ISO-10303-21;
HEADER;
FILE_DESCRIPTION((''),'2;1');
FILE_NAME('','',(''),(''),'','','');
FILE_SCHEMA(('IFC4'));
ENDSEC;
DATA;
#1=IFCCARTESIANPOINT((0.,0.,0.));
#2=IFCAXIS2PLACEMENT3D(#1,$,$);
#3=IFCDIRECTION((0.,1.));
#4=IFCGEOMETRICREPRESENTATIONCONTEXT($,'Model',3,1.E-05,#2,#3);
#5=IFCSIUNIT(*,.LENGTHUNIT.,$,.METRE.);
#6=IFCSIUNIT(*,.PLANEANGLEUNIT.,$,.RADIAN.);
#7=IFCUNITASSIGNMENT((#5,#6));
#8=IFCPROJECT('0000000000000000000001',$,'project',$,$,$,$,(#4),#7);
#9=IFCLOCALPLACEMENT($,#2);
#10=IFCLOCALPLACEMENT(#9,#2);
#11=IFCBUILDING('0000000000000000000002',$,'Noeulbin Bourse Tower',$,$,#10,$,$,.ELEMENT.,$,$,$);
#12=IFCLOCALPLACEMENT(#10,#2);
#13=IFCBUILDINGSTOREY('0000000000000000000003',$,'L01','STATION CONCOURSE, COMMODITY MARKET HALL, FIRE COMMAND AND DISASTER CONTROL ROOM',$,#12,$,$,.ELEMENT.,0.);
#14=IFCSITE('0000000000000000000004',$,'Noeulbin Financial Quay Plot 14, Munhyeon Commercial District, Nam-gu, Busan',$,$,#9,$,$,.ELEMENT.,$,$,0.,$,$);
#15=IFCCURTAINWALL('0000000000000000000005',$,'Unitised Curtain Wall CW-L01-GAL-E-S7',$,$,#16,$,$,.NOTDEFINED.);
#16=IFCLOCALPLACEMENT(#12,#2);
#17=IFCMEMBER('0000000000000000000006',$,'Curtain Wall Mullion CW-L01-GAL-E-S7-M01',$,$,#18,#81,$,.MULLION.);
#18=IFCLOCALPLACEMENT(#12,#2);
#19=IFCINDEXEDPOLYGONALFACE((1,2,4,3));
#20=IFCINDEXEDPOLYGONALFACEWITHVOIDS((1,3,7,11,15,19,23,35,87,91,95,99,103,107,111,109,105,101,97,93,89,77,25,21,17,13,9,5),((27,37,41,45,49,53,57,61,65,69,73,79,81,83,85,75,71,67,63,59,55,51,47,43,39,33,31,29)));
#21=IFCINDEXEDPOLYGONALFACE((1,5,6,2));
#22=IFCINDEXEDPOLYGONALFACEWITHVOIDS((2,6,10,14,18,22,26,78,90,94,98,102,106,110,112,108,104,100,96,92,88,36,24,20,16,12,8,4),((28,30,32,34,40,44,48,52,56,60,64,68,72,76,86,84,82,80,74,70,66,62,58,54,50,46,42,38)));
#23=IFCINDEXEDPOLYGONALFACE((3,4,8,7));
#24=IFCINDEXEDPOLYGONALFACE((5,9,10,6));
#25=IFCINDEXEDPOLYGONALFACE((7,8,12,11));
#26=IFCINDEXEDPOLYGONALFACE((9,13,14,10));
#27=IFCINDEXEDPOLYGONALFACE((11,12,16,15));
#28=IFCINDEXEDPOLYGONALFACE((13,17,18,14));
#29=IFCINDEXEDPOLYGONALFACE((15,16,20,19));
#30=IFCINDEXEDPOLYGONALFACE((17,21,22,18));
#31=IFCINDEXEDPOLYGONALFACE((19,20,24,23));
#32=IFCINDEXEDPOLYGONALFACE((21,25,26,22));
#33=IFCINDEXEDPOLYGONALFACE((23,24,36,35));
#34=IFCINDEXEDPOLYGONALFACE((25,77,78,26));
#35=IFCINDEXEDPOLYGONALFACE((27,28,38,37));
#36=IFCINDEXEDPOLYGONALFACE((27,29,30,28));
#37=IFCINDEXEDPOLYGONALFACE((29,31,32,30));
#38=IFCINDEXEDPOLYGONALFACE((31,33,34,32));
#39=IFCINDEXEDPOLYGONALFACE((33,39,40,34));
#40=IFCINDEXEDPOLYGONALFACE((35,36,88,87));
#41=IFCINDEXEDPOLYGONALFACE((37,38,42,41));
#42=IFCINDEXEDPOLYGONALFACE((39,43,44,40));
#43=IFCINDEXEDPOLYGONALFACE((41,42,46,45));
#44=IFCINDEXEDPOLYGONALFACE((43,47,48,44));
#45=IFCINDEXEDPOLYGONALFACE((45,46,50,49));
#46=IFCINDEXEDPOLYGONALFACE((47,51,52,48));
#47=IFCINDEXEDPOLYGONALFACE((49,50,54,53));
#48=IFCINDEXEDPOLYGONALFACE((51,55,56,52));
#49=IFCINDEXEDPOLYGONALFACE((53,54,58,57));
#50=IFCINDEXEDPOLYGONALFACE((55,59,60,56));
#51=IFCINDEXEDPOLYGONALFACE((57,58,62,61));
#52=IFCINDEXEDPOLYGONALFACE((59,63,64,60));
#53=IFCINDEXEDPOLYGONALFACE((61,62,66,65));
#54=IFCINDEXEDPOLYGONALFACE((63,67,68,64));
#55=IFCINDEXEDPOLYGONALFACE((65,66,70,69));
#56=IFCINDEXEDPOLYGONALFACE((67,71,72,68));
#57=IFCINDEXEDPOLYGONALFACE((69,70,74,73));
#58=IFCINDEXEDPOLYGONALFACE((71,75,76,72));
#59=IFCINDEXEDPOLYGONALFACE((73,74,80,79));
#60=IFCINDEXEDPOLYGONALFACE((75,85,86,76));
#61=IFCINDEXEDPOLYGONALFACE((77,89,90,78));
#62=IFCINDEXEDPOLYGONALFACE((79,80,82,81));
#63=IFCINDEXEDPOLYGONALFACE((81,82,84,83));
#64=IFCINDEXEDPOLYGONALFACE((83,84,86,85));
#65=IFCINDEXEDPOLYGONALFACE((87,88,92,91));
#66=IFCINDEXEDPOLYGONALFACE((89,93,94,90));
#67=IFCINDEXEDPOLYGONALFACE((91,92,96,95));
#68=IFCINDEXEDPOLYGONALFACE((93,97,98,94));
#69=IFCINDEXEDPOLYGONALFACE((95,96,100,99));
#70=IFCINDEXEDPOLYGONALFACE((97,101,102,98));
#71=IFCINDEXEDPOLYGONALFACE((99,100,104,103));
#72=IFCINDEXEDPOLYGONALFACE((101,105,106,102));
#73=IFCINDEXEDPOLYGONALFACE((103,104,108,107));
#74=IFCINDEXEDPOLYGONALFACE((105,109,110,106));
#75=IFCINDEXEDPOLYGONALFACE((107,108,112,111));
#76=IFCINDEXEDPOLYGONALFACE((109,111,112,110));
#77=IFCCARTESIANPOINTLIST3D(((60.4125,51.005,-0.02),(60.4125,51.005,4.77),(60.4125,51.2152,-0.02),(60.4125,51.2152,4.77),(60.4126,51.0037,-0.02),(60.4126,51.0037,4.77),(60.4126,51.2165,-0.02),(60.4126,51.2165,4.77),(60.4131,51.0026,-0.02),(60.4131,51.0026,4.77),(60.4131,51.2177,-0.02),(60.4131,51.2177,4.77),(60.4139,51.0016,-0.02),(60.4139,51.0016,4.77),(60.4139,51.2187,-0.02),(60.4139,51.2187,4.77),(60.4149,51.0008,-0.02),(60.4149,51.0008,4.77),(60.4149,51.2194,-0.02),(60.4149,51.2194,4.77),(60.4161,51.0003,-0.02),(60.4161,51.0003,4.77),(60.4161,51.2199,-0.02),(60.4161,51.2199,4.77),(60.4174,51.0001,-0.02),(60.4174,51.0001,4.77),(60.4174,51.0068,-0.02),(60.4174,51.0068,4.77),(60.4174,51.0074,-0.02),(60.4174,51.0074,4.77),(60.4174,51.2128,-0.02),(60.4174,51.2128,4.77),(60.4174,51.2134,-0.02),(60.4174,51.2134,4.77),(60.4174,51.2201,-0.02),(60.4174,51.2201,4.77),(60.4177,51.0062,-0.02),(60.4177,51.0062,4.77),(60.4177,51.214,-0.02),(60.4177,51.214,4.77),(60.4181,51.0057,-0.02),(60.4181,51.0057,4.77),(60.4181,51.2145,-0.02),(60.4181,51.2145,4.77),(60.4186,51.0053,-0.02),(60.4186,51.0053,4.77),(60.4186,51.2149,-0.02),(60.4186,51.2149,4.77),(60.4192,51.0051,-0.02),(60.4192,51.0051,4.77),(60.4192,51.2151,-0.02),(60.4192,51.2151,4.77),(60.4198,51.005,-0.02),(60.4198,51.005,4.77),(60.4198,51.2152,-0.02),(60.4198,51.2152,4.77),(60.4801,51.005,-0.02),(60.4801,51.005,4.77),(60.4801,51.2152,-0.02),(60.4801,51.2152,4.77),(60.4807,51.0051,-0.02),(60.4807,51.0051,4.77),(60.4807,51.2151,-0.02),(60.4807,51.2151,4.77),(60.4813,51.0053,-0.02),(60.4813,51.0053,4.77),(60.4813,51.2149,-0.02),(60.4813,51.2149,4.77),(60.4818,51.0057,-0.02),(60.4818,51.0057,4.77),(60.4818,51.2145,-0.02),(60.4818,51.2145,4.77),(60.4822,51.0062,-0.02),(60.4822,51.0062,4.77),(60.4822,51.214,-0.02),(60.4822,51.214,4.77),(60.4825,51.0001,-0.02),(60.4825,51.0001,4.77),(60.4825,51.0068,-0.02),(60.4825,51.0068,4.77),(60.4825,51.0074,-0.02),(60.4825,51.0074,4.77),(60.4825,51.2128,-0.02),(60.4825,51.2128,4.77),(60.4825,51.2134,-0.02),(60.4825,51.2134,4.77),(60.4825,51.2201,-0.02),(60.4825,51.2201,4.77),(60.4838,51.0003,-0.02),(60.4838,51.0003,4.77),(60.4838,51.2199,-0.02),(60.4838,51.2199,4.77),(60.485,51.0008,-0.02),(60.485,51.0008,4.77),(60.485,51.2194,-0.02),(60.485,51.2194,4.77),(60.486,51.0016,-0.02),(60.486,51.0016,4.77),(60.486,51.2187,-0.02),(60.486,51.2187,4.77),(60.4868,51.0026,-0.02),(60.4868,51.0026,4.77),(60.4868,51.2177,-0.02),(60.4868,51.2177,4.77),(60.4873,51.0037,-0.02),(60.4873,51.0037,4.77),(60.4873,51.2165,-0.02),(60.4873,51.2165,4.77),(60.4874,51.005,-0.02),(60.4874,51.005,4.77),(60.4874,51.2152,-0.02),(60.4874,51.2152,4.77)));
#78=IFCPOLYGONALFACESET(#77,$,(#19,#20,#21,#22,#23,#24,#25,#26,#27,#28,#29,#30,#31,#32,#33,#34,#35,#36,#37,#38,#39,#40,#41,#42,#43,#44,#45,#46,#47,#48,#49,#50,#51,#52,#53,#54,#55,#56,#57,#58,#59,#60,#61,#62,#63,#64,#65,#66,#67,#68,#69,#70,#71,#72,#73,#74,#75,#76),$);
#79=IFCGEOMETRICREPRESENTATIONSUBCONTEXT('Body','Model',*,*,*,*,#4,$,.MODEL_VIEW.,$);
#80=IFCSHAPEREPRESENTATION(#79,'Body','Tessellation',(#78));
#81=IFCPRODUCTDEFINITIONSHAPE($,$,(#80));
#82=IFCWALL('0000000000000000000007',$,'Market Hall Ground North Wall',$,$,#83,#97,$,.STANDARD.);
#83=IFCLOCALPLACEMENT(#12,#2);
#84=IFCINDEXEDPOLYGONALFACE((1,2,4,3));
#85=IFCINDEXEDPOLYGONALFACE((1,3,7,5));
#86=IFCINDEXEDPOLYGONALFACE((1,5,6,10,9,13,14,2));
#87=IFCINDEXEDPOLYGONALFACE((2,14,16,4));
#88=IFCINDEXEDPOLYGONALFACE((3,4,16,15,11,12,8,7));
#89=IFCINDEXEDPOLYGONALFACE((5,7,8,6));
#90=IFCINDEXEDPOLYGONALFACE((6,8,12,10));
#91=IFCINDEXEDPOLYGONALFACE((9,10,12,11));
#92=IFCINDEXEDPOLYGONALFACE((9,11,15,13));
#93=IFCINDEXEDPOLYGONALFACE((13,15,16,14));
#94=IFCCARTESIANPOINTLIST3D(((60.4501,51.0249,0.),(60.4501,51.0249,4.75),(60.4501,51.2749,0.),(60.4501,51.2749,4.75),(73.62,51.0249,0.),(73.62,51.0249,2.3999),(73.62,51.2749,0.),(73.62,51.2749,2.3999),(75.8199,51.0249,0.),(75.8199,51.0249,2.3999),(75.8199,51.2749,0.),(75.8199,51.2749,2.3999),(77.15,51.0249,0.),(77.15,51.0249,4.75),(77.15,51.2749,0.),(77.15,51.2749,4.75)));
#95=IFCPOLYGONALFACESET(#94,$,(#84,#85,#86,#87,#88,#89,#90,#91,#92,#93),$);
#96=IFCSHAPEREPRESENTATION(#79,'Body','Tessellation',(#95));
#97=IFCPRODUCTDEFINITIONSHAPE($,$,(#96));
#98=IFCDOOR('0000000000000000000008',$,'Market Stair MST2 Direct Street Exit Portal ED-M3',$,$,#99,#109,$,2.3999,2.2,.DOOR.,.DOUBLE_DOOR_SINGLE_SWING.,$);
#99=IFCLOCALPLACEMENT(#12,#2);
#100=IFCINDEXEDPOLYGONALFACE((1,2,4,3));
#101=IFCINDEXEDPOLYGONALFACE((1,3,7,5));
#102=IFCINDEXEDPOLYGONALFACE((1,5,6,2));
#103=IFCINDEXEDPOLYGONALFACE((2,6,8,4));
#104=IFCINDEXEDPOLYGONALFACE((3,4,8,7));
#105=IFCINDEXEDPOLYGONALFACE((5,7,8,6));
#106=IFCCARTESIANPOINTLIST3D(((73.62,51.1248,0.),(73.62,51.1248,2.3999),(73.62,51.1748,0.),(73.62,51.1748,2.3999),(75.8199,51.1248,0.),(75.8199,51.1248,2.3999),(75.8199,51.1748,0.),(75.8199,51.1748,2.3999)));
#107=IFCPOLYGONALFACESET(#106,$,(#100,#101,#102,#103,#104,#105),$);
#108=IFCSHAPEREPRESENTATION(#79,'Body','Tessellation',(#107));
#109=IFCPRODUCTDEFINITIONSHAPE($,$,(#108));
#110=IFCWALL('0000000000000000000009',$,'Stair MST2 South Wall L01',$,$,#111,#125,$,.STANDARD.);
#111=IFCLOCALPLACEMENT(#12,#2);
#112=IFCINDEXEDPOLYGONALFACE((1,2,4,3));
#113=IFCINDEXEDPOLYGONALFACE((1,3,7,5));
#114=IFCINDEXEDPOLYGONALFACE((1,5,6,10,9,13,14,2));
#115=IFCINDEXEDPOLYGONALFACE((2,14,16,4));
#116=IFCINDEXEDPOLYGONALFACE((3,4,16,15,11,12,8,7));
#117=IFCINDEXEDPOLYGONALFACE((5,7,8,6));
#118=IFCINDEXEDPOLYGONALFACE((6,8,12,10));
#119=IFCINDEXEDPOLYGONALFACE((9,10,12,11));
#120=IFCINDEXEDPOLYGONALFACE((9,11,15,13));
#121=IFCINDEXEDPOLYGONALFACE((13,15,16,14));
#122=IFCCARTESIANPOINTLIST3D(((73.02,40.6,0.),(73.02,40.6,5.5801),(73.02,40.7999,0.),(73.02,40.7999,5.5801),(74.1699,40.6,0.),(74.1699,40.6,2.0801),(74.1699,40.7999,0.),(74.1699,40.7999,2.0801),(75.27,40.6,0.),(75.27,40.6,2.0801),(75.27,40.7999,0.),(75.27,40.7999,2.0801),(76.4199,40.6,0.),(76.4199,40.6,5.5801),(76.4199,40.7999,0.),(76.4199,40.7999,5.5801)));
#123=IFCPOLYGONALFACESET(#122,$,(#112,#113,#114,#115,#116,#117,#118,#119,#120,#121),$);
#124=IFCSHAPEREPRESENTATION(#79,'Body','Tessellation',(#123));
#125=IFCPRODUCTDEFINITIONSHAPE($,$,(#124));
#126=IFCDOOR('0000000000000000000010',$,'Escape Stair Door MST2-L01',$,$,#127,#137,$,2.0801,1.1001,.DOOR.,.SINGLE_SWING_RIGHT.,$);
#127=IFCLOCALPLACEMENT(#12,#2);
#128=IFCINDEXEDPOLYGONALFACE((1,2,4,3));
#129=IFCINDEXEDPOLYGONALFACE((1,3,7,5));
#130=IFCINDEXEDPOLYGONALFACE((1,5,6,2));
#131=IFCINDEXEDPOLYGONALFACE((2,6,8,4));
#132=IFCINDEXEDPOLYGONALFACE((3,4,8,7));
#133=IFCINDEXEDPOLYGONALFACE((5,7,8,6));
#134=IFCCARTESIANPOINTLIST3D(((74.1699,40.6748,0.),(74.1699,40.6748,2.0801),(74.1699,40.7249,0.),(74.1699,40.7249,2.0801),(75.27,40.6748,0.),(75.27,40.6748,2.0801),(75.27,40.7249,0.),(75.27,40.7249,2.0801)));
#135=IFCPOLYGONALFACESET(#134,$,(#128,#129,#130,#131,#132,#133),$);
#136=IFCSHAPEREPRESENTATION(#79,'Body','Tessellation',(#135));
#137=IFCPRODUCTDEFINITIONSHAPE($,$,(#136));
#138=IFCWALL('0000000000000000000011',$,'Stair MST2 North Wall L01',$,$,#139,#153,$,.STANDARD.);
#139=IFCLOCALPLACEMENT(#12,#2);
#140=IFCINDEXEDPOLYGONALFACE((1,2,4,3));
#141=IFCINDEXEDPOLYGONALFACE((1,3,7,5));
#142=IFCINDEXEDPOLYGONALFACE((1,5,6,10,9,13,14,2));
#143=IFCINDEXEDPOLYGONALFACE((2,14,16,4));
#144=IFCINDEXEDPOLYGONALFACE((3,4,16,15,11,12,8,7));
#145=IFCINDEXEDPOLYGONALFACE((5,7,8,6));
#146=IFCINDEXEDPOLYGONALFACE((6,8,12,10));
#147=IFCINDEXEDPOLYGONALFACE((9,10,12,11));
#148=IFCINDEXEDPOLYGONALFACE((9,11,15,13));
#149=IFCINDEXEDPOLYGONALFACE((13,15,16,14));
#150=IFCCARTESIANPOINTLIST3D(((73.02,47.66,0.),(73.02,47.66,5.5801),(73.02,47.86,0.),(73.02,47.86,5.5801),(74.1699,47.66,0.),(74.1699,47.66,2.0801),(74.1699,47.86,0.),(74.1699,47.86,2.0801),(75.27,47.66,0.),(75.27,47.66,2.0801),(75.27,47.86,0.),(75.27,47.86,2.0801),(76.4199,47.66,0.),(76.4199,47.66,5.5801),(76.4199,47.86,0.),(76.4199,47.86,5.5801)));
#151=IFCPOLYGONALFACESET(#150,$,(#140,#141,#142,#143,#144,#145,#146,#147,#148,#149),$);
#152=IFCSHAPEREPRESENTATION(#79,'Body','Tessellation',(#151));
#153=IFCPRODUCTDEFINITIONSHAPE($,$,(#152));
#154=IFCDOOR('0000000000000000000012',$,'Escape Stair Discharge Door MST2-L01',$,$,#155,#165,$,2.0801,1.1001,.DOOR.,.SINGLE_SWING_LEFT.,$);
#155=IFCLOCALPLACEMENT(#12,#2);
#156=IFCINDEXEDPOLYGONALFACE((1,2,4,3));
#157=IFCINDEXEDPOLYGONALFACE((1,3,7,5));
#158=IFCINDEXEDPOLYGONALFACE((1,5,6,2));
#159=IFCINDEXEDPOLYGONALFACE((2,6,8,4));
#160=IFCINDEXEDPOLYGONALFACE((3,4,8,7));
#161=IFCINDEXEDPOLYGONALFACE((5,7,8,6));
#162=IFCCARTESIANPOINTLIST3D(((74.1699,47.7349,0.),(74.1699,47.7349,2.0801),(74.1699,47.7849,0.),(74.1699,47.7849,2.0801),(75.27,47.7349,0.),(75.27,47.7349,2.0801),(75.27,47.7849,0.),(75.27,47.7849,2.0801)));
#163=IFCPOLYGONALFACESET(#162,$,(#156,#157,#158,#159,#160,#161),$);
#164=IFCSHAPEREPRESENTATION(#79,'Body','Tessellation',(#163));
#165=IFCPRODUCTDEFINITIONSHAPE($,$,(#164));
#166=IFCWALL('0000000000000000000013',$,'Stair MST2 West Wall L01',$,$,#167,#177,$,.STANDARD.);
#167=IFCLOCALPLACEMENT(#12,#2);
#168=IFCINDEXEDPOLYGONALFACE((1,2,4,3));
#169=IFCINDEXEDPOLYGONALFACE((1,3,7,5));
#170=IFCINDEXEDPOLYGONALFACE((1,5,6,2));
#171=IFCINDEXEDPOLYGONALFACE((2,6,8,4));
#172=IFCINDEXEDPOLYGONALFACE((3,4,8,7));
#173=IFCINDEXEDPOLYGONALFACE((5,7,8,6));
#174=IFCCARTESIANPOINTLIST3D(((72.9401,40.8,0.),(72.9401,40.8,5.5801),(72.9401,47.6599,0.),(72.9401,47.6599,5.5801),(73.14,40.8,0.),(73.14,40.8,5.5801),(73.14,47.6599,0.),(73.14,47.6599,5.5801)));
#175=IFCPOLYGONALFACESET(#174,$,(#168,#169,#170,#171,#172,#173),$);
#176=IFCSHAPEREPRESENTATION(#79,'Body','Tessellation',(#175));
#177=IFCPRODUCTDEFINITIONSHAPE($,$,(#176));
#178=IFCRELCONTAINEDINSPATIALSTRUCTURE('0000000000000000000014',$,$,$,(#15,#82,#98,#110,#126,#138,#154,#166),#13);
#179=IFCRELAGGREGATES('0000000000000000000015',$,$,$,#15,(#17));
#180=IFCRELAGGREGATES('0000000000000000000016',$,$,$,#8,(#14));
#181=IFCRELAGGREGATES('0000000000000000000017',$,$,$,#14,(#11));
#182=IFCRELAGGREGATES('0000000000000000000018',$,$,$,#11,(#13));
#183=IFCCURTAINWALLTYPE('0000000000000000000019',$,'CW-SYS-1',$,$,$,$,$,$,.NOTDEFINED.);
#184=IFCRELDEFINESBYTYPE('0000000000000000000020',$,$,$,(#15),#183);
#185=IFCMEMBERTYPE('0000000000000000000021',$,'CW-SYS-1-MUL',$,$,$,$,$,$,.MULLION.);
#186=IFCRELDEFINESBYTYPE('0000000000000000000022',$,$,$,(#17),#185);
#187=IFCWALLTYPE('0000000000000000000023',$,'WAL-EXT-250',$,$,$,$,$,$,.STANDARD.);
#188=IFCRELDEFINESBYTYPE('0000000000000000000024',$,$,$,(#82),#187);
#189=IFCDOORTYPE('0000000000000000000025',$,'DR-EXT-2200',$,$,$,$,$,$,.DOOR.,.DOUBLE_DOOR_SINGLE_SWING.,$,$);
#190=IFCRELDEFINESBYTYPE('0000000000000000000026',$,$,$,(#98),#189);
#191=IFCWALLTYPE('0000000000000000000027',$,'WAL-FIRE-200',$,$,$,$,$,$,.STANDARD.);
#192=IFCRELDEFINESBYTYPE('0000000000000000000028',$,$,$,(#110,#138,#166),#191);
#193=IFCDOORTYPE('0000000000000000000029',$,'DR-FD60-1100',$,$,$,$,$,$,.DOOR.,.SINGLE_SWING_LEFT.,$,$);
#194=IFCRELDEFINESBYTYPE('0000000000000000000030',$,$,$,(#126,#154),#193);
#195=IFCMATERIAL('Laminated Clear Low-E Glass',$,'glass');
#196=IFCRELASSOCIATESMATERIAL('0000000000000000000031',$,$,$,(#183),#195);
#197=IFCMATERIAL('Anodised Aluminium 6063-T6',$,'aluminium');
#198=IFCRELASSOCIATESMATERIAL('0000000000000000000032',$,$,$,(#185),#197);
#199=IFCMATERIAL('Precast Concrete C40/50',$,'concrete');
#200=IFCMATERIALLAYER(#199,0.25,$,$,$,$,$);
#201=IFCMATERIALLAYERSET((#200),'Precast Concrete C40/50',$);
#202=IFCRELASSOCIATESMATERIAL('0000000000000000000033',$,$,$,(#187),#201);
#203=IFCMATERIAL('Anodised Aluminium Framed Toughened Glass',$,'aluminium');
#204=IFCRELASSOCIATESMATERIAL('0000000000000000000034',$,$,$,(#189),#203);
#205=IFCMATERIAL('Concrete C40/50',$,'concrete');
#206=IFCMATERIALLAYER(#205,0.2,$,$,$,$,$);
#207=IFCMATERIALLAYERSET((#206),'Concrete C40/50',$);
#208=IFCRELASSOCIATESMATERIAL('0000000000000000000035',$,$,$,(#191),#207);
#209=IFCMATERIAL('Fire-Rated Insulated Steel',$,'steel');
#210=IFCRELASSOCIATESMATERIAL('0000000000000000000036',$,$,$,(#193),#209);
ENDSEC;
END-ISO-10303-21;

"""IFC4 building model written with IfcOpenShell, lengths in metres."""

from ifc_helpers import new_model, si_unit, direction, frame, frame_2d, origin, origin_2d, place, context, subcontext, project, spatial, rectangle, hollow_rectangle, extrude, material, layer, layer_set, material_profile, profile_set, type_object, element, fill, aggregate, save


model = new_model("IFC4")

# Units and contexts
model_context = context("Model", 3, precision=1e-05, world=origin(), true_north=direction((0.0, 1.0)))
body_context = subcontext(model_context, "Body", "Model", "MODEL_VIEW")
ifc_project = project(units=[si_unit("LENGTHUNIT", "METRE"), si_unit("PLANEANGLEUNIT", "RADIAN")], contexts=[model_context])

# Site, building, storey
site_placement = place(None, origin())
site = spatial("IfcSite", under=ifc_project, at=site_placement, Name="Noeulbin Financial Quay Plot 14, Munhyeon Commercial District, Nam-gu, Busan", CompositionType="ELEMENT", RefElevation=0.0)
building_placement = place(site_placement, origin())
building = spatial("IfcBuilding", under=site, at=building_placement, Name="Noeulbin Bourse Tower", CompositionType="ELEMENT")
storey_placement = place(building_placement, origin())
storey = spatial("IfcBuildingStorey", under=building, at=storey_placement, Name="L01", Description="STATION CONCOURSE, COMMODITY MARKET HALL, FIRE COMMAND AND DISASTER CONTROL ROOM", CompositionType="ELEMENT", Elevation=0.0)

# Curtain wall, member
ifc_material_1 = material(Name="Laminated Clear Low-E Glass", Category="glass")
curtain_wall_type = type_object("IfcCurtainWallType", Name="CW-SYS-1", PredefinedType="NOTDEFINED", material=ifc_material_1)
curtain_wall_placement = place(storey_placement, origin())
curtain_wall = element("IfcCurtainWall", 1, at=curtain_wall_placement, inside=storey, type_object=curtain_wall_type, Name="Unitised Curtain Wall CW-L01-GAL-E-S7", PredefinedType="NOTDEFINED")
ifc_material_2 = material(Name="Anodised Aluminium 6063-T6", Category="aluminium")
ifc_material_profile_1 = material_profile(ifc_material_2, hollow_rectangle(XDim=0.075, YDim=0.22, WallThickness=0.0049, InnerFilletRadius=0.0024, OuterFilletRadius=0.0049, at=origin_2d()), Name="ALU-MULL-75x220x5", Category="LoadBearing")
ifc_profile_set_1 = profile_set([ifc_material_profile_1], Name="Anodised Aluminium 6063-T6")
member_type = type_object("IfcMemberType", Name="CW-SYS-1-MUL", PredefinedType="MULLION", material=ifc_profile_set_1)
member_placement = place(storey_placement, frame((60.45, 51.1101, -0.02), z_axis=(0.0, 0.0, 1.0), x_axis=(1.0, 0.0, 0.0)))
member = element("IfcMember", 2, at=member_placement, type_object=member_type, Name="Curtain Wall Mullion CW-L01-GAL-E-S7-M01", PredefinedType="MULLION", context=body_context, shape_type="SweptSolid", body=[
    extrude(hollow_rectangle(XDim=0.075, YDim=0.22, WallThickness=0.0049, InnerFilletRadius=0.0024, OuterFilletRadius=0.0049, at=origin_2d()), origin(), (0.0, 0.0, 1.0), 4.79),
])
aggregate(curtain_wall, [member])

# Walls, openings, doors
ifc_material_3 = material(Name="Precast Concrete C40/50", Category="concrete")
ifc_layer_1 = layer(ifc_material_3, 0.25)
ifc_layer_set_1 = layer_set([ifc_layer_1], Name="Precast Concrete C40/50")
wall_type_1 = type_object("IfcWallType", Name="WAL-EXT-250", PredefinedType="STANDARD", material=ifc_layer_set_1)
wall_1_placement = place(storey_placement, frame((60.45, 51.1499, 0.0), z_axis=(0.0, 0.0, 1.0), x_axis=(1.0, 0.0, 0.0)))
wall_1 = element("IfcWall", 3, at=wall_1_placement, inside=storey, type_object=wall_type_1, Name="Market Hall Ground North Wall", PredefinedType="STANDARD", context=body_context, shape_type="SweptSolid", body=[
    extrude(rectangle(XDim=16.7, YDim=0.25, at=frame_2d((8.3501, 0.0))), origin(), (0.0, 0.0, 1.0), 4.75),
])
opening_1_placement = place(wall_1_placement, frame((13.1699, 0.0, 0.0)))
opening_1 = element("IfcOpeningElement", 4, at=opening_1_placement, cuts=wall_1, PredefinedType="OPENING", context=body_context, shape_type="SweptSolid", body=[
    extrude(rectangle(XDim=2.2, YDim=2.3999, at=frame_2d((1.1001, 1.2))), frame((0.0, 0.135, 0.0), z_axis=(0.0, -1.0, 0.0), x_axis=(1.0, 0.0, 0.0)), (0.0, 0.0, 1.0), 0.27),
])
ifc_material_4 = material(Name="Anodised Aluminium Framed Toughened Glass", Category="aluminium")
door_type_1 = type_object("IfcDoorType", Name="DR-EXT-2200", OperationType="DOUBLE_DOOR_SINGLE_SWING", PredefinedType="DOOR", material=ifc_material_4)
door_1_placement = place(opening_1_placement, origin())
door_1 = element("IfcDoor", 5, at=door_1_placement, inside=storey, type_object=door_type_1, Name="Market Stair MST2 Direct Street Exit Portal ED-M3", OperationType="DOUBLE_DOOR_SINGLE_SWING", OverallHeight=2.3999, OverallWidth=2.2, PredefinedType="DOOR", context=body_context, shape_type="SweptSolid", body=[
    extrude(rectangle(XDim=2.2, YDim=2.3999, at=frame_2d((1.1001, 1.2))), frame((0.0, 0.0249, 0.0), z_axis=(0.0, -1.0, 0.0), x_axis=(1.0, 0.0, 0.0)), (0.0, 0.0, 1.0), 0.05),
])
fill(opening_1, door_1)
ifc_material_5 = material(Name="Concrete C40/50", Category="concrete")
ifc_layer_2 = layer(ifc_material_5, 0.2)
ifc_layer_set_2 = layer_set([ifc_layer_2], Name="Concrete C40/50")
wall_type_2 = type_object("IfcWallType", Name="WAL-FIRE-200", PredefinedType="STANDARD", material=ifc_layer_set_2)
wall_2_placement = place(storey_placement, frame((73.02, 40.7, 0.0), z_axis=(0.0, 0.0, 1.0), x_axis=(1.0, 0.0, 0.0)))
wall_2 = element("IfcWall", 6, at=wall_2_placement, inside=storey, type_object=wall_type_2, Name="Stair MST2 South Wall L01", PredefinedType="STANDARD", context=body_context, shape_type="SweptSolid", body=[
    extrude(rectangle(XDim=3.3999, YDim=0.2, at=frame_2d((1.7, 0.0))), origin(), (0.0, 0.0, 1.0), 5.5801),
])
opening_2_placement = place(wall_2_placement, frame((1.1499, 0.0, 0.0)))
opening_2 = element("IfcOpeningElement", 7, at=opening_2_placement, cuts=wall_2, PredefinedType="OPENING", context=body_context, shape_type="SweptSolid", body=[
    extrude(rectangle(XDim=1.1001, YDim=2.0801, at=frame_2d((0.55, 1.04))), frame((0.0, 0.1099, 0.0), z_axis=(0.0, -1.0, 0.0), x_axis=(1.0, 0.0, 0.0)), (0.0, 0.0, 1.0), 0.22),
])
ifc_material_6 = material(Name="Fire-Rated Insulated Steel", Category="steel")
door_type_2 = type_object("IfcDoorType", Name="DR-FD60-1100", OperationType="SINGLE_SWING_LEFT", PredefinedType="DOOR", material=ifc_material_6)
door_2_placement = place(opening_2_placement, origin())
door_2 = element("IfcDoor", 8, at=door_2_placement, inside=storey, type_object=door_type_2, Name="Escape Stair Door MST2-L01", OperationType="SINGLE_SWING_RIGHT", OverallHeight=2.0801, OverallWidth=1.1001, PredefinedType="DOOR", context=body_context, shape_type="SweptSolid", body=[
    extrude(rectangle(XDim=1.1001, YDim=2.0801, at=frame_2d((0.55, 1.04))), frame((0.0, 0.0249, 0.0), z_axis=(0.0, -1.0, 0.0), x_axis=(1.0, 0.0, 0.0)), (0.0, 0.0, 1.0), 0.05),
])
fill(opening_2, door_2)
wall_3_placement = place(storey_placement, frame((73.02, 47.76, 0.0), z_axis=(0.0, 0.0, 1.0), x_axis=(1.0, 0.0, 0.0)))
wall_3 = element("IfcWall", 9, at=wall_3_placement, inside=storey, type_object=wall_type_2, Name="Stair MST2 North Wall L01", PredefinedType="STANDARD", context=body_context, shape_type="SweptSolid", body=[
    extrude(rectangle(XDim=3.3999, YDim=0.2, at=frame_2d((1.7, 0.0))), origin(), (0.0, 0.0, 1.0), 5.5801),
])
opening_3_placement = place(wall_3_placement, frame((1.1499, 0.0, 0.0)))
opening_3 = element("IfcOpeningElement", 10, at=opening_3_placement, cuts=wall_3, PredefinedType="OPENING", context=body_context, shape_type="SweptSolid", body=[
    extrude(rectangle(XDim=1.1001, YDim=2.0801, at=frame_2d((0.55, 1.04))), frame((0.0, 0.1099, 0.0), z_axis=(0.0, -1.0, 0.0), x_axis=(1.0, 0.0, 0.0)), (0.0, 0.0, 1.0), 0.22),
])
door_3_placement = place(opening_3_placement, origin())
door_3 = element("IfcDoor", 11, at=door_3_placement, inside=storey, type_object=door_type_2, Name="Escape Stair Discharge Door MST2-L01", OperationType="SINGLE_SWING_LEFT", OverallHeight=2.0801, OverallWidth=1.1001, PredefinedType="DOOR", context=body_context, shape_type="SweptSolid", body=[
    extrude(rectangle(XDim=1.1001, YDim=2.0801, at=frame_2d((0.55, 1.04))), frame((0.0, 0.0249, 0.0), z_axis=(0.0, -1.0, 0.0), x_axis=(1.0, 0.0, 0.0)), (0.0, 0.0, 1.0), 0.05),
])
fill(opening_3, door_3)

# Wall
for number, where, z_axis, x_axis, name in (
    (12, (73.04, 40.8, 0.0), (0.0, 0.0, 1.0), (0.0, 1.0, 0.0), "Stair MST2 West Wall L01"),
):
    element("IfcWall", number, at=place(storey_placement, frame(where, z_axis=z_axis, x_axis=x_axis)), inside=storey, type_object=wall_type_2, Name=name, PredefinedType="STANDARD", context=body_context, shape_type="SweptSolid", body=[
        extrude(rectangle(XDim=6.8599, YDim=0.2, at=frame_2d((3.4299, 0.0))), origin(), (0.0, 0.0, 1.0), 5.5801),
    ])

save(model, "model.ifc")
